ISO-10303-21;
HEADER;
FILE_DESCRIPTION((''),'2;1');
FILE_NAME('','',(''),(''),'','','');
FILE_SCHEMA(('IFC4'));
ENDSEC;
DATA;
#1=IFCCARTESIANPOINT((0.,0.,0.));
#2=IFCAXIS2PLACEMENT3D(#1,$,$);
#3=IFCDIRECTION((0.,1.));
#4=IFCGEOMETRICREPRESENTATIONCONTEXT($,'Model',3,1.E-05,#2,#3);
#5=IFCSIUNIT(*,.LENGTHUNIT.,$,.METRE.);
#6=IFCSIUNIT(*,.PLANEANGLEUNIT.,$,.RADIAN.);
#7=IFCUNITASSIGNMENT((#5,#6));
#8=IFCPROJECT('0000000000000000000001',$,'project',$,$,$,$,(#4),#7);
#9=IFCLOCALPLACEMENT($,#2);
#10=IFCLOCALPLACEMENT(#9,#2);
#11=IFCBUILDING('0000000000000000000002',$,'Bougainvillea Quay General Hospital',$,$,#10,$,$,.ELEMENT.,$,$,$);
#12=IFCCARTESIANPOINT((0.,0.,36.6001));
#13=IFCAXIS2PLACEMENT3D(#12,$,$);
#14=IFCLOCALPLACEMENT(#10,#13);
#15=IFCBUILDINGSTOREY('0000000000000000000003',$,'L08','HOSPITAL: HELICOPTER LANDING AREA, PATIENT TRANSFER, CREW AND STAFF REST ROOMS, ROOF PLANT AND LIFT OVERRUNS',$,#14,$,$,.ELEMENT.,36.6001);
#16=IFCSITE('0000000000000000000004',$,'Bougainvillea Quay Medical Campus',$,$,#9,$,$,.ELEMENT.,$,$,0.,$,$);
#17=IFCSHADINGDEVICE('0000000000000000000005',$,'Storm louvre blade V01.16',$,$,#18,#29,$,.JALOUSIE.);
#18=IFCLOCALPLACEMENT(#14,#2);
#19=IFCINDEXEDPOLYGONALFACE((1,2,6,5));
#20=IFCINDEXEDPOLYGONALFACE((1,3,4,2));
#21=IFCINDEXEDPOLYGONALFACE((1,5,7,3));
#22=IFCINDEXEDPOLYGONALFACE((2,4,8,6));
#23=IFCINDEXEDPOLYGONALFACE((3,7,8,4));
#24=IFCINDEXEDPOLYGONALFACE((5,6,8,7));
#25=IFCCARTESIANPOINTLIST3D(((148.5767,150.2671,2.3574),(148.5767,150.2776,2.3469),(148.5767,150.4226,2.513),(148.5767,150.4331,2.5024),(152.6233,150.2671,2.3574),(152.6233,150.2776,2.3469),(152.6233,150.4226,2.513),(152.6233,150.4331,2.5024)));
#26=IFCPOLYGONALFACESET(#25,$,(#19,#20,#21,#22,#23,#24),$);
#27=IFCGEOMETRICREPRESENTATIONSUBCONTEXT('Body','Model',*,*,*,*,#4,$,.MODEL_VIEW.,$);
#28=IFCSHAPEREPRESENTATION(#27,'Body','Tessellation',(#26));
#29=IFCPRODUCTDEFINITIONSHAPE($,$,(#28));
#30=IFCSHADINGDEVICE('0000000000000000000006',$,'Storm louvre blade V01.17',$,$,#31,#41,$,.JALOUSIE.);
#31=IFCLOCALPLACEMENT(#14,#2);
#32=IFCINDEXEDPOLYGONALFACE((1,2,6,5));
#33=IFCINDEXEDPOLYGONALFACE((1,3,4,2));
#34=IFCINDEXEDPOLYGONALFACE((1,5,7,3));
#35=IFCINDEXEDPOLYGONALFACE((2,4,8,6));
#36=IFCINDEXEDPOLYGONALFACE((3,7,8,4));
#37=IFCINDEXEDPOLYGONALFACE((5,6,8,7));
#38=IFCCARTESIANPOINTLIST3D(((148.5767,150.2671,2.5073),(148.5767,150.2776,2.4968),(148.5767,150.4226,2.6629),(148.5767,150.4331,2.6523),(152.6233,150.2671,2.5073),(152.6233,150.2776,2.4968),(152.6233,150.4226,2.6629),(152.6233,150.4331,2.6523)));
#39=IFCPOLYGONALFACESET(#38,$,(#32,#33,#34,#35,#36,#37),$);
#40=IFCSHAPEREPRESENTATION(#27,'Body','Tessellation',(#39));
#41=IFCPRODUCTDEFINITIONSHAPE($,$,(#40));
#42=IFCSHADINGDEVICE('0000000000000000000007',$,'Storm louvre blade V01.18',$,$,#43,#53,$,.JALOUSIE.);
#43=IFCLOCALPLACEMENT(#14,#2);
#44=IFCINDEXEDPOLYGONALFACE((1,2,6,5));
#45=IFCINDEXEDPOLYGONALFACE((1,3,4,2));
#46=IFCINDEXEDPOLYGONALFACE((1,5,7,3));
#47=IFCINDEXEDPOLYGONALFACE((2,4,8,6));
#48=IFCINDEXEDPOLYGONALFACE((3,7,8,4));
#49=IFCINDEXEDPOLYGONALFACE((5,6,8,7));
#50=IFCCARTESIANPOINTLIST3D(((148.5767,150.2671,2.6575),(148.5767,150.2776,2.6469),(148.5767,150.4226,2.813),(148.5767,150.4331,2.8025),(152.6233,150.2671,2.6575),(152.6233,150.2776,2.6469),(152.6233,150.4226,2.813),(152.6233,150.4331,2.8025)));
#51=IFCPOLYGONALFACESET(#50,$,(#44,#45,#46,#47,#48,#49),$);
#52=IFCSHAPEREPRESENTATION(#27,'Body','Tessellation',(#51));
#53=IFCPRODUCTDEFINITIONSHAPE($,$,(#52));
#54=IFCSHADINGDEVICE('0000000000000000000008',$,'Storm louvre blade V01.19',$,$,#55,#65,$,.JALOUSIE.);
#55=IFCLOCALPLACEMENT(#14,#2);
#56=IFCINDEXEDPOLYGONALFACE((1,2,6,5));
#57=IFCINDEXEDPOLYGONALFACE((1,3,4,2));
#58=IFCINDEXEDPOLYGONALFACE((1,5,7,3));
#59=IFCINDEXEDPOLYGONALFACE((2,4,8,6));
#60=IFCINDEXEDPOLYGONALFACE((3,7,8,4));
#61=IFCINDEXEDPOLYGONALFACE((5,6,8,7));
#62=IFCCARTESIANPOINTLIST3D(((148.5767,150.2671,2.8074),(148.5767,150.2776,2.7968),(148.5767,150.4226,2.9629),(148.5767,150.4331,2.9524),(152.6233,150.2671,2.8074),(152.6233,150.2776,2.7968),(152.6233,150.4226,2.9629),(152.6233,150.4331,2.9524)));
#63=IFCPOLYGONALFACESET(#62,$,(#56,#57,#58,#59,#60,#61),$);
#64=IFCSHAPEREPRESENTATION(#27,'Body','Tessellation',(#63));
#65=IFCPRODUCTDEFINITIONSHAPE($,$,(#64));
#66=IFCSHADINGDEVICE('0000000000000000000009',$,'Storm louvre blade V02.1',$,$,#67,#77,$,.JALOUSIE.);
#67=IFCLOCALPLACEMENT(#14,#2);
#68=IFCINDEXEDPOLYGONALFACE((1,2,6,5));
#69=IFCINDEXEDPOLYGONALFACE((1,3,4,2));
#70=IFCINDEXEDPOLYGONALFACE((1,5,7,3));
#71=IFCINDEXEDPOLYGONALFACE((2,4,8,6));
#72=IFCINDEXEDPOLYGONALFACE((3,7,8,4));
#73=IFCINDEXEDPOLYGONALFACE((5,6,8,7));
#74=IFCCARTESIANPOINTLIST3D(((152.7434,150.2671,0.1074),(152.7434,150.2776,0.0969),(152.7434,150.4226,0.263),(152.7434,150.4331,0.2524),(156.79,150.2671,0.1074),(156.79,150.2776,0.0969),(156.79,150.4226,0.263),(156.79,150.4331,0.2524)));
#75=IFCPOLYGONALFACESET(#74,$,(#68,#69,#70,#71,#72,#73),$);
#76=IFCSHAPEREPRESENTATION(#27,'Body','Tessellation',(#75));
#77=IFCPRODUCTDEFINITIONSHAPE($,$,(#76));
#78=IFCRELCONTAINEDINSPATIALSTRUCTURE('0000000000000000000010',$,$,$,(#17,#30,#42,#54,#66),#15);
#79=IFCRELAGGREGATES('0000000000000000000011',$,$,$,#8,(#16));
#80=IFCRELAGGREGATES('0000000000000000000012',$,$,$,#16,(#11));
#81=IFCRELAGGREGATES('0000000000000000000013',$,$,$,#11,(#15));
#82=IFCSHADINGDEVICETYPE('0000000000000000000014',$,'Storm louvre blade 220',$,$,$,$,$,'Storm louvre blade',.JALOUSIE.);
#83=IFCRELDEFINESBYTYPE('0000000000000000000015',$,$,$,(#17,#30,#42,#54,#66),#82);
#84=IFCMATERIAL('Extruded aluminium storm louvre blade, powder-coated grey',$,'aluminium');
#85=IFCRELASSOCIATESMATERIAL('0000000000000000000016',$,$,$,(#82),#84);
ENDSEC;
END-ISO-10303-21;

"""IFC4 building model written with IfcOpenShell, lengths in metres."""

from ifc_helpers import new_model, si_unit, direction, frame, origin, origin_2d, place, context, subcontext, project, spatial, rectangle, extrude, material, material_profile, profile_set, type_object, element, save


model = new_model("IFC4")

# Units and contexts
model_context = context("Model", 3, precision=1e-05, world=origin(), true_north=direction((0.0, 1.0)))
body_context = subcontext(model_context, "Body", "Model", "MODEL_VIEW")
ifc_project = project(units=[si_unit("LENGTHUNIT", "METRE"), si_unit("PLANEANGLEUNIT", "RADIAN")], contexts=[model_context])

# Site, building, storey
site_placement = place(None, origin())
site = spatial("IfcSite", under=ifc_project, at=site_placement, Name="Bougainvillea Quay Medical Campus", CompositionType="ELEMENT", RefElevation=0.0)
building_placement = place(site_placement, origin())
building = spatial("IfcBuilding", under=site, at=building_placement, Name="Bougainvillea Quay General Hospital", CompositionType="ELEMENT")
storey_placement = place(building_placement, frame((0.0, 0.0, 36.6001)))
storey = spatial("IfcBuildingStorey", under=building, at=storey_placement, Name="L08", Description="HOSPITAL: HELICOPTER LANDING AREA, PATIENT TRANSFER, CREW AND STAFF REST ROOMS, ROOF PLANT AND LIFT OVERRUNS", CompositionType="ELEMENT", Elevation=36.6001)

# Shading devices
ifc_material_1 = material(Name="Extruded aluminium storm louvre blade, powder-coated grey", Category="aluminium")
ifc_material_profile_1 = material_profile(ifc_material_1, rectangle(XDim=0.22, YDim=0.0149, at=origin_2d()))
ifc_profile_set_1 = profile_set([ifc_material_profile_1], Name="Extruded aluminium storm louvre blade, powder-coated grey")
shading_device_type_1 = type_object("IfcShadingDeviceType", Name="Storm louvre blade 220", ElementType="Storm louvre blade", PredefinedType="JALOUSIE", material=ifc_profile_set_1)
for number, where, z_axis, x_axis, name in (
    (1, (148.5767, 150.3501, 2.4299), (1.0, 0.0, 0.0), (0.0, 0.707107, 0.707107), "Storm louvre blade V01.16"),
    (2, (148.5767, 150.3501, 2.5798), (1.0, 0.0, 0.0), (0.0, 0.707107, 0.707107), "Storm louvre blade V01.17"),
    (3, (148.5767, 150.3501, 2.73), (1.0, 0.0, 0.0), (0.0, 0.707107, 0.707107), "Storm louvre blade V01.18"),
    (4, (148.5767, 150.3501, 2.8799), (1.0, 0.0, 0.0), (0.0, 0.707107, 0.707107), "Storm louvre blade V01.19"),
    (5, (152.7434, 150.3501, 0.1799), (1.0, 0.0, 0.0), (0.0, 0.707107, 0.707107), "Storm louvre blade V02.1"),
):
    element("IfcShadingDevice", number, at=place(storey_placement, frame(where, z_axis=z_axis, x_axis=x_axis)), inside=storey, type_object=shading_device_type_1, Name=name, PredefinedType="JALOUSIE", context=body_context, shape_type="SweptSolid", body=[
        extrude(rectangle(XDim=0.22, YDim=0.0149, at=origin_2d()), origin(), (0.0, 0.0, 1.0), 4.0466),
    ])

save(model, "model.ifc")
